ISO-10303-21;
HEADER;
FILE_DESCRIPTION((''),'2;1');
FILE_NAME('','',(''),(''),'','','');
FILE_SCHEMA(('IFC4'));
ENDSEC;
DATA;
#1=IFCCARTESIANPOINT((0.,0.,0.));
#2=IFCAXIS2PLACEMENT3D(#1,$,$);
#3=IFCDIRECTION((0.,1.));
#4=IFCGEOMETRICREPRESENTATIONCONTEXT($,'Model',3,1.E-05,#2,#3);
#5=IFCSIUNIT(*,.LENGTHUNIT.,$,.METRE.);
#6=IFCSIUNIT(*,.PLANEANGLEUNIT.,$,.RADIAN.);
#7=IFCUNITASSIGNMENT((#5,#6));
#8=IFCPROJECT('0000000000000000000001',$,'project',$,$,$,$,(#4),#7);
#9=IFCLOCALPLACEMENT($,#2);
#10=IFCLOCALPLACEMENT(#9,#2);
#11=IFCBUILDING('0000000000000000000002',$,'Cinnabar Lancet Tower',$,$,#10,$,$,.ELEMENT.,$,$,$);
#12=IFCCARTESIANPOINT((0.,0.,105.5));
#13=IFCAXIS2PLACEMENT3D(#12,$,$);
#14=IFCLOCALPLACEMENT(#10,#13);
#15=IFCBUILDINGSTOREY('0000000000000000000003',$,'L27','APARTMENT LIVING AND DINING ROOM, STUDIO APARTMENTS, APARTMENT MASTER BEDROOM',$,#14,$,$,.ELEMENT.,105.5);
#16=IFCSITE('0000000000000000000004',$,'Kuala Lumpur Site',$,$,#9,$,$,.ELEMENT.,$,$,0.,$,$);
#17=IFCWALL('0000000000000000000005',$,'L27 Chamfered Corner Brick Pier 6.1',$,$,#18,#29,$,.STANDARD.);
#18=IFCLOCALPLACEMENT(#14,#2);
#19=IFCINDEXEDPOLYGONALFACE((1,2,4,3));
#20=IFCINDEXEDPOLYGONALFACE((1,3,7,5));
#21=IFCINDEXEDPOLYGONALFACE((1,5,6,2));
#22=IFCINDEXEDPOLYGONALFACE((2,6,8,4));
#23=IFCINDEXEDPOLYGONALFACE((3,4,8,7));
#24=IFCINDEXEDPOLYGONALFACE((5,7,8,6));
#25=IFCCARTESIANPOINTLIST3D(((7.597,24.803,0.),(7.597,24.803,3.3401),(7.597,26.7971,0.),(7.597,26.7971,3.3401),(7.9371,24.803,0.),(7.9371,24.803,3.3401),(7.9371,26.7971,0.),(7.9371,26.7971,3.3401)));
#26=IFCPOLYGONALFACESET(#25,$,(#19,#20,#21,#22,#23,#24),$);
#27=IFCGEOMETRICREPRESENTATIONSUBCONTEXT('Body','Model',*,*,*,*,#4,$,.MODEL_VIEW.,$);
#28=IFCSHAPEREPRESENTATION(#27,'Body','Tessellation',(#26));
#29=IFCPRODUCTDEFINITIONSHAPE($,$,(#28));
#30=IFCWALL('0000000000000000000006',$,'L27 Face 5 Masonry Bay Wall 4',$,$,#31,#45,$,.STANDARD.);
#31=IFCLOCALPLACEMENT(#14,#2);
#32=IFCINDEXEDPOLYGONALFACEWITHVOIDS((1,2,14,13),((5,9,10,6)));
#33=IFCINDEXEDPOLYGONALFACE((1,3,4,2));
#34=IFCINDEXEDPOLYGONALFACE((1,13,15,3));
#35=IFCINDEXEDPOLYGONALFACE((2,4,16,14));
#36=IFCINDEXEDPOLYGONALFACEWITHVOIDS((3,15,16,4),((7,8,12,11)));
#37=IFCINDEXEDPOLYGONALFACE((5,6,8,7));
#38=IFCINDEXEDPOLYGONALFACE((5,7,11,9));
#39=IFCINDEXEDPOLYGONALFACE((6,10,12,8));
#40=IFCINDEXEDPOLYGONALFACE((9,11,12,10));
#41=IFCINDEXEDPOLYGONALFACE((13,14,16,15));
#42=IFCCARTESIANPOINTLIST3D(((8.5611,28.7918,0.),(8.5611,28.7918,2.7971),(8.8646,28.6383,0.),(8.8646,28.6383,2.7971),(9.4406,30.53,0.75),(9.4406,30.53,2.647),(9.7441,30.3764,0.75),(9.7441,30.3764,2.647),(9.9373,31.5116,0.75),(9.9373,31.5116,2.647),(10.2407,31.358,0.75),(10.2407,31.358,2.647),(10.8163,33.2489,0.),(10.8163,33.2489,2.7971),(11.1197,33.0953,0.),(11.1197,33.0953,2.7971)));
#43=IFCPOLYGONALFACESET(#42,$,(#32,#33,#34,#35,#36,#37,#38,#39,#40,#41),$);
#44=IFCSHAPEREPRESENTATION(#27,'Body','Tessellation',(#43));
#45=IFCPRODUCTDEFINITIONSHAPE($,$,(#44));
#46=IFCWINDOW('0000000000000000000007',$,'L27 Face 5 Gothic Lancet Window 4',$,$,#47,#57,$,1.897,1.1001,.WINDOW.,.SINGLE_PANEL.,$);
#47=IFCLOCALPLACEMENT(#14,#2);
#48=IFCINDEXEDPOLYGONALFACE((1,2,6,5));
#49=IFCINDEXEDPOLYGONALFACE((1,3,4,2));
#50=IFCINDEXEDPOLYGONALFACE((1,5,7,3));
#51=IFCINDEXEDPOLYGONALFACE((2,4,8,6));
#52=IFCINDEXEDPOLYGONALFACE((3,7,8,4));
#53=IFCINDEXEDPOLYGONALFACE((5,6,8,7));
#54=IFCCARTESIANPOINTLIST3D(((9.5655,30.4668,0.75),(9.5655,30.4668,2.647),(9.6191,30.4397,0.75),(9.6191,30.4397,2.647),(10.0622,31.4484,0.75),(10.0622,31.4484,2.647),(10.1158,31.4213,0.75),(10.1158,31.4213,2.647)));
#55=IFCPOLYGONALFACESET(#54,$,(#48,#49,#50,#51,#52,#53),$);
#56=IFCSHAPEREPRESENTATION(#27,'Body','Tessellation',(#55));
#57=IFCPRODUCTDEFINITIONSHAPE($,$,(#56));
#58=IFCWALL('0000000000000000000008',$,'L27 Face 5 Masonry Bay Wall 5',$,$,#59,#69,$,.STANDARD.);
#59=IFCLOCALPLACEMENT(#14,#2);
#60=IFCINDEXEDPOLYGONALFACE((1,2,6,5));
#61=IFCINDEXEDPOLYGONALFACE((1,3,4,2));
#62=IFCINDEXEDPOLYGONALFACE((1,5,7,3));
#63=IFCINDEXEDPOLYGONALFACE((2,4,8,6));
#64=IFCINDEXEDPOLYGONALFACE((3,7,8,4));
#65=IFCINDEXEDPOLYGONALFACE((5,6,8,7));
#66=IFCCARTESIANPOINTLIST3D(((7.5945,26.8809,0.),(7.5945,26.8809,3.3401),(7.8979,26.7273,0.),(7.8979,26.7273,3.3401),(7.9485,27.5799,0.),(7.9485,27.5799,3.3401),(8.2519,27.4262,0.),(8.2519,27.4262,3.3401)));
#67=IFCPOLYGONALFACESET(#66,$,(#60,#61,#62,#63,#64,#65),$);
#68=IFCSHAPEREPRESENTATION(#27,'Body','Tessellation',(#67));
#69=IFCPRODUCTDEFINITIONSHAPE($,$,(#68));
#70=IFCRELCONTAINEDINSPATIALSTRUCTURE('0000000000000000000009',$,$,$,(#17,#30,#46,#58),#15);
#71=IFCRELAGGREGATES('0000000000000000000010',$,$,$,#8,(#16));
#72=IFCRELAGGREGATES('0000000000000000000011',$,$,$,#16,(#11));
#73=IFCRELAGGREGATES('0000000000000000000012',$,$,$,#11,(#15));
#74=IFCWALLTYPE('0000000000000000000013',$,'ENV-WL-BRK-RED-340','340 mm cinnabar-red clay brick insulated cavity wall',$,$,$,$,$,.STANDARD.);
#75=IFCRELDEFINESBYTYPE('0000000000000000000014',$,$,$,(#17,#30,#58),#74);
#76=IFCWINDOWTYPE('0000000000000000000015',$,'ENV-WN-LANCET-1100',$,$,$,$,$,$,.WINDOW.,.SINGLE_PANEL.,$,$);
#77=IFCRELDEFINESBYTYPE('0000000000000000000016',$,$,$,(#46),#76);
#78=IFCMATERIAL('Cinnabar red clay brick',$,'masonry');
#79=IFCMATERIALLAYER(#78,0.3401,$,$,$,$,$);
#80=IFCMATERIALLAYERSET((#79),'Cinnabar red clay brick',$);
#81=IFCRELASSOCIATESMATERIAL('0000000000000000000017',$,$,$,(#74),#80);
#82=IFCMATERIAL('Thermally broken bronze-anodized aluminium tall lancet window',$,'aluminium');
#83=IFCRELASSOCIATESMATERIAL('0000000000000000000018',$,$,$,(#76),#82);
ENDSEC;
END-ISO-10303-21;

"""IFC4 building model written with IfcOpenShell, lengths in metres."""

from ifc_helpers import new_model, si_unit, direction, frame, frame_2d, origin, place, context, subcontext, project, spatial, rectangle, extrude, material, layer, layer_set, type_object, element, fill, save


model = new_model("IFC4")

# Units and contexts
model_context = context("Model", 3, precision=1e-05, world=origin(), true_north=direction((0.0, 1.0)))
body_context = subcontext(model_context, "Body", "Model", "MODEL_VIEW")
ifc_project = project(units=[si_unit("LENGTHUNIT", "METRE"), si_unit("PLANEANGLEUNIT", "RADIAN")], contexts=[model_context])

# Site, building, storey
site_placement = place(None, origin())
site = spatial("IfcSite", under=ifc_project, at=site_placement, Name="Kuala Lumpur Site", CompositionType="ELEMENT", RefElevation=0.0)
building_placement = place(site_placement, origin())
building = spatial("IfcBuilding", under=site, at=building_placement, Name="Cinnabar Lancet Tower", CompositionType="ELEMENT")
storey_placement = place(building_placement, frame((0.0, 0.0, 105.5)))
storey = spatial("IfcBuildingStorey", under=building, at=storey_placement, Name="L27", Description="APARTMENT LIVING AND DINING ROOM, STUDIO APARTMENTS, APARTMENT MASTER BEDROOM", CompositionType="ELEMENT", Elevation=105.5)

# Wall
ifc_material_1 = material(Name="Cinnabar red clay brick", Category="masonry")
ifc_layer_1 = layer(ifc_material_1, 0.3401)
ifc_layer_set_1 = layer_set([ifc_layer_1], Name="Cinnabar red clay brick")
wall_type_1 = type_object("IfcWallType", Name="ENV-WL-BRK-RED-340", Description="340 mm cinnabar-red clay brick insulated cavity wall", PredefinedType="STANDARD", material=ifc_layer_set_1)
wall_1_placement = place(storey_placement, frame((7.7671, 26.7971, 0.0), z_axis=(0.0, 0.0, 1.0), x_axis=(0.0, -1.0, 0.0)))
element("IfcWall", 1, at=wall_1_placement, inside=storey, type_object=wall_type_1, Name="L27 Chamfered Corner Brick Pier 6.1", PredefinedType="STANDARD", context=body_context, shape_type="SweptSolid", body=[
    extrude(rectangle(XDim=1.9941, YDim=0.3401, at=frame_2d((0.9971, 0.0))), origin(), (0.0, 0.0, 1.0), 3.3401),
])

# Wall, opening, window
wall_2_placement = place(storey_placement, frame((10.968, 33.1721, 0.0), z_axis=(0.0, 0.0, 1.0), x_axis=(-0.451471, -0.892286, 0.0)))
wall_2 = element("IfcWall", 2, at=wall_2_placement, inside=storey, type_object=wall_type_1, Name="L27 Face 5 Masonry Bay Wall 4", PredefinedType="STANDARD", context=body_context, shape_type="SweptSolid", body=[
    extrude(rectangle(XDim=4.9951, YDim=0.3401, at=frame_2d((2.4976, 0.0))), origin(), (0.0, 0.0, 1.0), 2.7971),
])
opening_1_placement = place(wall_2_placement, frame((1.947, 0.0, 0.75)))
opening_1 = element("IfcOpeningElement", 3, at=opening_1_placement, cuts=wall_2, PredefinedType="OPENING", context=body_context, shape_type="SweptSolid", body=[
    extrude(rectangle(XDim=1.1001, YDim=1.897, at=frame_2d((0.55, 0.9485))), frame((0.0, 0.1799, 0.0), z_axis=(0.0, -1.0, 0.0), x_axis=(1.0, 0.0, 0.0)), (0.0, 0.0, 1.0), 0.3601),
])
ifc_material_2 = material(Name="Thermally broken bronze-anodized aluminium tall lancet window", Category="aluminium")
window_type = type_object("IfcWindowType", Name="ENV-WN-LANCET-1100", PartitioningType="SINGLE_PANEL", PredefinedType="WINDOW", material=ifc_material_2)
window_placement = place(opening_1_placement, origin())
window = element("IfcWindow", 4, at=window_placement, inside=storey, type_object=window_type, Name="L27 Face 5 Gothic Lancet Window 4", OverallHeight=1.897, OverallWidth=1.1001, PartitioningType="SINGLE_PANEL", PredefinedType="WINDOW", context=body_context, shape_type="SweptSolid", body=[
    extrude(rectangle(XDim=1.1001, YDim=1.897, at=frame_2d((0.55, 0.9485))), frame((0.0, 0.03, 0.0), z_axis=(0.0, -1.0, 0.0), x_axis=(1.0, 0.0, 0.0)), (0.0, 0.0, 1.0), 0.0601),
])
fill(opening_1, window)

# Wall
wall_3_placement = place(storey_placement, frame((8.1001, 27.5029, 0.0), z_axis=(0.0, 0.0, 1.0), x_axis=(-0.451819, -0.892109, 0.0)))
element("IfcWall", 5, at=wall_3_placement, inside=storey, type_object=wall_type_1, Name="L27 Face 5 Masonry Bay Wall 5", PredefinedType="STANDARD", context=body_context, shape_type="SweptSolid", body=[
    extrude(rectangle(XDim=0.7834, YDim=0.3401, at=frame_2d((0.3916, 0.0))), origin(), (0.0, 0.0, 1.0), 3.3401),
])

save(model, "model.ifc")
